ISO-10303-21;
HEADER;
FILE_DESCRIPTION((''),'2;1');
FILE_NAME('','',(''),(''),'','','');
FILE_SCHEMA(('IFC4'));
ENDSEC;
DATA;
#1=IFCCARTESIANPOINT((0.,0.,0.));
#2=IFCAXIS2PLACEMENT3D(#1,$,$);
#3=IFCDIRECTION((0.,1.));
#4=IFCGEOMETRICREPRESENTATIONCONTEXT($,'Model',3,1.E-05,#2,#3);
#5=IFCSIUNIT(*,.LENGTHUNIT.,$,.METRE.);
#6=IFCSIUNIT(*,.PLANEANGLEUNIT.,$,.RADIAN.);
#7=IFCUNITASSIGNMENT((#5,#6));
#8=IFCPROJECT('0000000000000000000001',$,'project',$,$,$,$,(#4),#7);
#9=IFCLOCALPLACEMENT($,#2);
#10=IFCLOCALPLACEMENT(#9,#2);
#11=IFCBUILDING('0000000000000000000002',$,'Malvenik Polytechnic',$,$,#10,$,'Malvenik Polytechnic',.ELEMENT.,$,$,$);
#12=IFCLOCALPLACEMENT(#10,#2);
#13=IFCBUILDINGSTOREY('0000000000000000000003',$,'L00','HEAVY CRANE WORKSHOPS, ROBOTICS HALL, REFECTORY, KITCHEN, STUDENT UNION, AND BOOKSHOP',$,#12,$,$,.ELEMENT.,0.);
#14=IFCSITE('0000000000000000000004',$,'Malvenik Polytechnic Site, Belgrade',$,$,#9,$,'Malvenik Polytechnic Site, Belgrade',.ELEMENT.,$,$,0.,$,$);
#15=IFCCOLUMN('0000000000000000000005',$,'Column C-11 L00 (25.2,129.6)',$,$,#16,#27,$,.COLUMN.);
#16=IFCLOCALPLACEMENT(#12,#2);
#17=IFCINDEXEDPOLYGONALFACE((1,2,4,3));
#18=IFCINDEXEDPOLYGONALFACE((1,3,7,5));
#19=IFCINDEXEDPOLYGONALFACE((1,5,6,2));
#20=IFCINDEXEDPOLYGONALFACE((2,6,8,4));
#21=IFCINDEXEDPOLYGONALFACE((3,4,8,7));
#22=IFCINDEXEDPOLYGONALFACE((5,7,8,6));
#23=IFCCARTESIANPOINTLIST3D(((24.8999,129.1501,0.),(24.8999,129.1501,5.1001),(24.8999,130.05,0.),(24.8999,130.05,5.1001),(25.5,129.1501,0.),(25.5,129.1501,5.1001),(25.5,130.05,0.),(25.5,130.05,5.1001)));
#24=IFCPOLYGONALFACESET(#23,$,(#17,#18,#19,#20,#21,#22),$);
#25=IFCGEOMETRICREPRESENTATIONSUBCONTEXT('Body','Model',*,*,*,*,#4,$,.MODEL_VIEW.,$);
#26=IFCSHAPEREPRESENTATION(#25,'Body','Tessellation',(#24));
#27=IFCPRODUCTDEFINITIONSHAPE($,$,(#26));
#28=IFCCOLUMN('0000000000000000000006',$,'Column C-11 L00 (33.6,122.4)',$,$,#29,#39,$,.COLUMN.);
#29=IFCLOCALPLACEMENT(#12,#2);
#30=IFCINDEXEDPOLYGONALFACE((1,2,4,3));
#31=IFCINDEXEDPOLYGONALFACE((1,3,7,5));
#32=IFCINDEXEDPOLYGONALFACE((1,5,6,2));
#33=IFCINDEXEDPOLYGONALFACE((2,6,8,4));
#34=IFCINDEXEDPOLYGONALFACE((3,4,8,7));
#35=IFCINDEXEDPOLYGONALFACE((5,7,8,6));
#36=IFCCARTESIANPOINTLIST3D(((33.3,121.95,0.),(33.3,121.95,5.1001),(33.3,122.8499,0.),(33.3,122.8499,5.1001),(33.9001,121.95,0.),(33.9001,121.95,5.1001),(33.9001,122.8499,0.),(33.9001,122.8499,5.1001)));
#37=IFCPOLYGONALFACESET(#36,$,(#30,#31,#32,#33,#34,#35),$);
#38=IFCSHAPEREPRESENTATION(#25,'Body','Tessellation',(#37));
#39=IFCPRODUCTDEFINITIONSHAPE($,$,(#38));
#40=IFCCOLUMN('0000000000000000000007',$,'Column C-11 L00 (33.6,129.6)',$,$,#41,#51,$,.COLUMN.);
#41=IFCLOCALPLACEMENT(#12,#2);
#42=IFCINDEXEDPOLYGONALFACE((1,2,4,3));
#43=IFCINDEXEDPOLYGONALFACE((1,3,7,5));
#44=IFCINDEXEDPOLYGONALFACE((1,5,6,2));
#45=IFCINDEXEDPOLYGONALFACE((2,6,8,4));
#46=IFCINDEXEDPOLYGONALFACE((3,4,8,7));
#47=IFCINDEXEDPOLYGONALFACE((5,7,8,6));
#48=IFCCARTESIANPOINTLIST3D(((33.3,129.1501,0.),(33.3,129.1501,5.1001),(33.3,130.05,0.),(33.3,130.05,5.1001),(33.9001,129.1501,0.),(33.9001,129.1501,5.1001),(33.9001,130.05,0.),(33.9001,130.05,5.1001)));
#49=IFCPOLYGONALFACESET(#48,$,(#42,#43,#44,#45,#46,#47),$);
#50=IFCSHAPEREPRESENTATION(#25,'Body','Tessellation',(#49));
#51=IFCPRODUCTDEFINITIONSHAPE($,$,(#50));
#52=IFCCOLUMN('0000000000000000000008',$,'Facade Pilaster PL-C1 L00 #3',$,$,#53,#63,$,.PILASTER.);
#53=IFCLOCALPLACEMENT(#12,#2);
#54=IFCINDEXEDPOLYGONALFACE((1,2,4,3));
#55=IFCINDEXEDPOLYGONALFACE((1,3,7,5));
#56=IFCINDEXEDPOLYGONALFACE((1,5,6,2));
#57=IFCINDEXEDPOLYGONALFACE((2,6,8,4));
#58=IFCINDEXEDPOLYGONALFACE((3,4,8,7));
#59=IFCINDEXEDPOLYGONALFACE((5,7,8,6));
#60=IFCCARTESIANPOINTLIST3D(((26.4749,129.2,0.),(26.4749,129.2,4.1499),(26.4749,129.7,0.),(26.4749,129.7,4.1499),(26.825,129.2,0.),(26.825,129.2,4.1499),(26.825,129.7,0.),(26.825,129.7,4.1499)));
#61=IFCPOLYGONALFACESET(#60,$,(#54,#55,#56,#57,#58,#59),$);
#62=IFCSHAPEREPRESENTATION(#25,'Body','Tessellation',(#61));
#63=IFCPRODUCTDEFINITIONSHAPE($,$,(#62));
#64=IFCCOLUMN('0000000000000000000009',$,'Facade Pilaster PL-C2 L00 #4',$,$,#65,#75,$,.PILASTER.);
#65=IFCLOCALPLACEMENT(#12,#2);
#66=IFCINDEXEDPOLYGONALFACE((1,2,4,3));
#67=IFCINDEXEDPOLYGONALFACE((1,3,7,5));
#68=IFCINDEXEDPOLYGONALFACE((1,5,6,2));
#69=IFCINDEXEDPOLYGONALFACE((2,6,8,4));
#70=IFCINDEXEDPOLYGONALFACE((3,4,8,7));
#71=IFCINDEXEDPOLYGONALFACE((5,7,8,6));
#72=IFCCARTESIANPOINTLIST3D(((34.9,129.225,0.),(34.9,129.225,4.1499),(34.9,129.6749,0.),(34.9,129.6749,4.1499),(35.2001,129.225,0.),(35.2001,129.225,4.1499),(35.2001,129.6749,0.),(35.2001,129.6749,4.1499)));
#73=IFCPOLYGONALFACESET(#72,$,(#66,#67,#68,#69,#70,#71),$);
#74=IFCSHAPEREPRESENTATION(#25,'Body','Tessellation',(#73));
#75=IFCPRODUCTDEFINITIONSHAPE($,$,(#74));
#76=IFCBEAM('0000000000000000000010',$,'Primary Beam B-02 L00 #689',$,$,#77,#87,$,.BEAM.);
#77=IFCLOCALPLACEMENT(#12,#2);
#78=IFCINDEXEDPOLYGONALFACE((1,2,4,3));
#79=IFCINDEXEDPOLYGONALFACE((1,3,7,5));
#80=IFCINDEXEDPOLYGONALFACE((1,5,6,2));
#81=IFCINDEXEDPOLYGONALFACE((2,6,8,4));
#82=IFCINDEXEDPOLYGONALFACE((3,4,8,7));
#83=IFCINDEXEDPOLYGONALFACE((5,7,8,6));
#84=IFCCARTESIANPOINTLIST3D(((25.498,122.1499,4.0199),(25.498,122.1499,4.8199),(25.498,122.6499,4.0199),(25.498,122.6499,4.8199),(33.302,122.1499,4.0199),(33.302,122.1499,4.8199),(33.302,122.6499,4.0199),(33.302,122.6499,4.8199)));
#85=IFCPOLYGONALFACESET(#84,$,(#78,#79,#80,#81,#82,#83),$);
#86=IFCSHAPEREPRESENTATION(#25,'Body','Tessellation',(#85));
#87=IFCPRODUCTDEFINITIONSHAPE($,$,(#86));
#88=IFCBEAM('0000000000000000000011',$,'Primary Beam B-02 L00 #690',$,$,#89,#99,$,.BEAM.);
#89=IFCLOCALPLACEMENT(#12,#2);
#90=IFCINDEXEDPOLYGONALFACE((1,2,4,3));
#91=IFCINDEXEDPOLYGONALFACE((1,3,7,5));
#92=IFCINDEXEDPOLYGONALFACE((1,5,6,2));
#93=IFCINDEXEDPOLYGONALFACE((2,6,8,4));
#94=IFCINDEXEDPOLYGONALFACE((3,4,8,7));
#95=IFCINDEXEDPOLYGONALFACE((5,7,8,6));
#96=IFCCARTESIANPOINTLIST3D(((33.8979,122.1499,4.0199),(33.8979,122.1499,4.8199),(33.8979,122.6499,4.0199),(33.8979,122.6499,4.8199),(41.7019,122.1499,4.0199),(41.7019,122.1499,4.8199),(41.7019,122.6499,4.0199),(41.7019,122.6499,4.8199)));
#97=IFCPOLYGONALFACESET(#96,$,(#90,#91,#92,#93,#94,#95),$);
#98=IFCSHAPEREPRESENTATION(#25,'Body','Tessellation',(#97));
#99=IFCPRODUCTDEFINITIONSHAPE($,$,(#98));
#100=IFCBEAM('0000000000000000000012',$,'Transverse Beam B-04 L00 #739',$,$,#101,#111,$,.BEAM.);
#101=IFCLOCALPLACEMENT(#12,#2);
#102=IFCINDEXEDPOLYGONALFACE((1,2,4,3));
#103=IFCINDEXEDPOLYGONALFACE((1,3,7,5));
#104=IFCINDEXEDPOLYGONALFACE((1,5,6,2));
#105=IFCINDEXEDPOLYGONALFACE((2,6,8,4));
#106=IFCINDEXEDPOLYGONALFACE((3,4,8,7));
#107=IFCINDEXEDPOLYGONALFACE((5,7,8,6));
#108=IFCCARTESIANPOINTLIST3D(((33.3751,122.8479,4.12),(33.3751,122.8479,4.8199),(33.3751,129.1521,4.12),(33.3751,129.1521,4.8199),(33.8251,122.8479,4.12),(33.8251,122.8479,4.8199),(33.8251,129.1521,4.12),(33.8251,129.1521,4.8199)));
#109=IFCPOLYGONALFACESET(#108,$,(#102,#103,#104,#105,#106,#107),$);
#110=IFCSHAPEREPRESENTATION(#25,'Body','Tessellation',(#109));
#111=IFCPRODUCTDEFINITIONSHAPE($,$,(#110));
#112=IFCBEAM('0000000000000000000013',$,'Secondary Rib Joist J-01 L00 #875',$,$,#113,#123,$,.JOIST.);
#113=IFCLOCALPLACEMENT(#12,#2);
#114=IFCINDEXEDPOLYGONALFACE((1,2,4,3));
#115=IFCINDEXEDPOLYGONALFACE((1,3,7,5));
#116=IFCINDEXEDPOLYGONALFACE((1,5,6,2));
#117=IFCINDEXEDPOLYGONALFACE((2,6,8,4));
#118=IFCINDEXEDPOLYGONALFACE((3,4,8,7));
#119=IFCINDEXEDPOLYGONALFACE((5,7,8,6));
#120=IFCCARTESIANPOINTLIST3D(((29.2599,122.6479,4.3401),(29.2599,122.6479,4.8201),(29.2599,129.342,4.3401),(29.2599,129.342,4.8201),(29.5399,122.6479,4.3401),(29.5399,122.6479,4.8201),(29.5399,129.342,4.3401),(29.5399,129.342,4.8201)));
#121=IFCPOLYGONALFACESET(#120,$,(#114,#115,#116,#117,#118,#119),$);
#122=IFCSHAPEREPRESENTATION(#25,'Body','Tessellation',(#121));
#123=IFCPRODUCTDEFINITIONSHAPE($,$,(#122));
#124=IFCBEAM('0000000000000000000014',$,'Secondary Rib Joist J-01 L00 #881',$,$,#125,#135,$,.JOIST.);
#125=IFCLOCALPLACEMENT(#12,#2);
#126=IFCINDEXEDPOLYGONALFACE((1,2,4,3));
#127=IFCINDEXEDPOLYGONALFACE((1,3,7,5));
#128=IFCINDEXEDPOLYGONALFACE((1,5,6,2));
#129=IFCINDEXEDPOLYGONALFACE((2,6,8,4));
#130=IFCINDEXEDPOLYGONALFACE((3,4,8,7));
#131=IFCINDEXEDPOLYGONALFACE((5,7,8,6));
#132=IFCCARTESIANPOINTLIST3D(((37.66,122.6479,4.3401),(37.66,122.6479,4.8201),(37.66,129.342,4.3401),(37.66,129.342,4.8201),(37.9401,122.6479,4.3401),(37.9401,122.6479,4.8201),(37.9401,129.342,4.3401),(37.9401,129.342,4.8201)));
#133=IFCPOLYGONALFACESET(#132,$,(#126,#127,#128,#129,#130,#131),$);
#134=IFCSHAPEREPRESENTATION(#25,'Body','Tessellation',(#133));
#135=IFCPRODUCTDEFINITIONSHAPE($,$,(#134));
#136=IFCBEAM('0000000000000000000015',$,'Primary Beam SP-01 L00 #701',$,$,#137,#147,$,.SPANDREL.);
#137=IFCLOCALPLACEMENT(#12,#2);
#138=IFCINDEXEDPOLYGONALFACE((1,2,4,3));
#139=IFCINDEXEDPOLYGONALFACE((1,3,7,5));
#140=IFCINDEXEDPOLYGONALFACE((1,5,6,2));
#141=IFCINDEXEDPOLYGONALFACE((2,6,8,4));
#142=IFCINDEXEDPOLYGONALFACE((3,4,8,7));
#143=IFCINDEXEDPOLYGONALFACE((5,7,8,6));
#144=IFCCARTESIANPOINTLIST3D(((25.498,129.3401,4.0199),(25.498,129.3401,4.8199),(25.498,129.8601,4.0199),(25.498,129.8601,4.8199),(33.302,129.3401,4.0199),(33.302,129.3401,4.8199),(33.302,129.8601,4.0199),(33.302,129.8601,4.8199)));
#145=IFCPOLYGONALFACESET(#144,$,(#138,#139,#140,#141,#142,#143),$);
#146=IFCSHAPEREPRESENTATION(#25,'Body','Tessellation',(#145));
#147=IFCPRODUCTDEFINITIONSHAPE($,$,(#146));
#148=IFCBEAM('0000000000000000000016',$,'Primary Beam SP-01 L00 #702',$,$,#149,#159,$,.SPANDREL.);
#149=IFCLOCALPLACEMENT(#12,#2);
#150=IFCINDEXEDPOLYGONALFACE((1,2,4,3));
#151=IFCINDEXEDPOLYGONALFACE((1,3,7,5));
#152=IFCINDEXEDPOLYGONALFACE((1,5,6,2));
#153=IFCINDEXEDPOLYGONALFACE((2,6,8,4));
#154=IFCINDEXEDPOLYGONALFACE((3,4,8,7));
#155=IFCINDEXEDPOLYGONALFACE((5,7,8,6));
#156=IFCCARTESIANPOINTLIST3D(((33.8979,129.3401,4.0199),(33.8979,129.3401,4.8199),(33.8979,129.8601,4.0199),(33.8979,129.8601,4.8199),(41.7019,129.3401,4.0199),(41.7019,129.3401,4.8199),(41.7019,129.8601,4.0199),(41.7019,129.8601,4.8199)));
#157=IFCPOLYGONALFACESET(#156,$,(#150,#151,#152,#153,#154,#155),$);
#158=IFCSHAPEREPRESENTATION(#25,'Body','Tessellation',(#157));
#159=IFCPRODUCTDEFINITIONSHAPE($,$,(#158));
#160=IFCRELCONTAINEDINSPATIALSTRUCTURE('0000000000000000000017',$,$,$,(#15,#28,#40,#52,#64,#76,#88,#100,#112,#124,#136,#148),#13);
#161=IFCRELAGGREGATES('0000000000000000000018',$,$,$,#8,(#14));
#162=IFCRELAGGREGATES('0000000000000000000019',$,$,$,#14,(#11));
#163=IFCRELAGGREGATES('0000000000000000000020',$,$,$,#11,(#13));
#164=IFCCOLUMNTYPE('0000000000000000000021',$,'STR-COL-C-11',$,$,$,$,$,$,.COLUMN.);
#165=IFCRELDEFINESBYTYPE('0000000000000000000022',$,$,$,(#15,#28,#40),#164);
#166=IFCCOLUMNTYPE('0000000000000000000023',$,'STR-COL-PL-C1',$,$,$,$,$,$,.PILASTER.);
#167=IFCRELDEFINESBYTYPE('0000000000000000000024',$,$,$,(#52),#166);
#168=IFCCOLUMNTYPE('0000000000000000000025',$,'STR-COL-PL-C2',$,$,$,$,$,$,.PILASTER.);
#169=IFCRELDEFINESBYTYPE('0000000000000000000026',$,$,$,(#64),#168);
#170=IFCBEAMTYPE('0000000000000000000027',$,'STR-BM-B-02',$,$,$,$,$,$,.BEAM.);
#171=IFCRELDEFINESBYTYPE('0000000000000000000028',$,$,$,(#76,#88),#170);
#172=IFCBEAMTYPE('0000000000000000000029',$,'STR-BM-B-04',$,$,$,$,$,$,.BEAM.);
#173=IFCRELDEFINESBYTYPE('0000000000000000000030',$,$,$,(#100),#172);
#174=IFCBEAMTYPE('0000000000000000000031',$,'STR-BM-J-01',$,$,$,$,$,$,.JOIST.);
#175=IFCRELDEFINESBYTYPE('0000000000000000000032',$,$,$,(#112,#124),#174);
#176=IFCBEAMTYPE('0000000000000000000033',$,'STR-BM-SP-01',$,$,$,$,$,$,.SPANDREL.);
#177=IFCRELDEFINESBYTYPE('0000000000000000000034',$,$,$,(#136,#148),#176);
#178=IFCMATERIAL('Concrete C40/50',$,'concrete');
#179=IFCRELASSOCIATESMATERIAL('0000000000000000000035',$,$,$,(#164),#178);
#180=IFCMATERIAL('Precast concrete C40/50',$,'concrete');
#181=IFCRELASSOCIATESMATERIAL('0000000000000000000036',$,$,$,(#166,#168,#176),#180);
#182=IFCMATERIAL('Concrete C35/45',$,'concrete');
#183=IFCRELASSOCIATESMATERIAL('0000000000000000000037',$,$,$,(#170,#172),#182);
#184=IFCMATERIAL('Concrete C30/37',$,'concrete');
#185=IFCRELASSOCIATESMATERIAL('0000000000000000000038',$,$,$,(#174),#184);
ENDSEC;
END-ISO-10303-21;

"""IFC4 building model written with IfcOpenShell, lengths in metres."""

from ifc_helpers import new_model, si_unit, direction, frame, origin, origin_2d, place, context, subcontext, project, spatial, rectangle, extrude, material, material_profile, profile_set, type_object, element, save


model = new_model("IFC4")

# Units and contexts
model_context = context("Model", 3, precision=1e-05, world=origin(), true_north=direction((0.0, 1.0)))
body_context = subcontext(model_context, "Body", "Model", "MODEL_VIEW")
ifc_project = project(units=[si_unit("LENGTHUNIT", "METRE"), si_unit("PLANEANGLEUNIT", "RADIAN")], contexts=[model_context])

# Site, building, storey
site_placement = place(None, origin())
site = spatial("IfcSite", under=ifc_project, at=site_placement, Name="Malvenik Polytechnic Site, Belgrade", LongName="Malvenik Polytechnic Site, Belgrade", CompositionType="ELEMENT", RefElevation=0.0)
building_placement = place(site_placement, origin())
building = spatial("IfcBuilding", under=site, at=building_placement, Name="Malvenik Polytechnic", LongName="Malvenik Polytechnic", CompositionType="ELEMENT")
storey_placement = place(building_placement, origin())
storey = spatial("IfcBuildingStorey", under=building, at=storey_placement, Name="L00", Description="HEAVY CRANE WORKSHOPS, ROBOTICS HALL, REFECTORY, KITCHEN, STUDENT UNION, AND BOOKSHOP", CompositionType="ELEMENT", Elevation=0.0)

# Columns
ifc_material_1 = material(Name="Concrete C40/50", Category="concrete")
ifc_material_profile_1 = material_profile(ifc_material_1, rectangle(XDim=0.6001, YDim=0.8999, at=origin_2d()), Name="RC COL 900x600")
ifc_profile_set_1 = profile_set([ifc_material_profile_1], Name="Concrete C40/50")
column_type_1 = type_object("IfcColumnType", Name="STR-COL-C-11", PredefinedType="COLUMN", material=ifc_profile_set_1)
for number, where, z_axis, x_axis, name in (
    (1, (25.2, 129.6001, 0.0), (0.0, 0.0, 1.0), (1.0, 0.0, 0.0), "Column C-11 L00 (25.2,129.6)"),
    (2, (33.6001, 122.3999, 0.0), (0.0, 0.0, 1.0), (1.0, 0.0, 0.0), "Column C-11 L00 (33.6,122.4)"),
    (3, (33.6001, 129.6001, 0.0), (0.0, 0.0, 1.0), (1.0, 0.0, 0.0), "Column C-11 L00 (33.6,129.6)"),
):
    element("IfcColumn", number, at=place(storey_placement, frame(where, z_axis=z_axis, x_axis=x_axis)), inside=storey, type_object=column_type_1, Name=name, PredefinedType="COLUMN", context=body_context, shape_type="SweptSolid", body=[
        extrude(rectangle(XDim=0.6001, YDim=0.8999, at=origin_2d()), origin(), (0.0, 0.0, 1.0), 5.1001),
    ])
ifc_material_2 = material(Name="Precast concrete C40/50", Category="concrete")
ifc_material_profile_2 = material_profile(ifc_material_2, rectangle(XDim=0.3501, YDim=0.5, at=origin_2d()), Name="RC PIL 500x350")
ifc_profile_set_2 = profile_set([ifc_material_profile_2], Name="Precast concrete C40/50")
column_type_2 = type_object("IfcColumnType", Name="STR-COL-PL-C1", PredefinedType="PILASTER", material=ifc_profile_set_2)
column_1_placement = place(storey_placement, frame((26.6499, 129.45, 0.0), z_axis=(0.0, 0.0, 1.0), x_axis=(1.0, 0.0, 0.0)))
element("IfcColumn", 4, at=column_1_placement, inside=storey, type_object=column_type_2, Name="Facade Pilaster PL-C1 L00 #3", PredefinedType="PILASTER", context=body_context, shape_type="SweptSolid", body=[
    extrude(rectangle(XDim=0.3501, YDim=0.5, at=origin_2d()), origin(), (0.0, 0.0, 1.0), 4.1499),
])
ifc_material_profile_3 = material_profile(ifc_material_2, rectangle(XDim=0.3, YDim=0.45, at=origin_2d()), Name="RC PIL 450x300")
ifc_profile_set_3 = profile_set([ifc_material_profile_3], Name="Precast concrete C40/50")
column_type_3 = type_object("IfcColumnType", Name="STR-COL-PL-C2", PredefinedType="PILASTER", material=ifc_profile_set_3)
column_2_placement = place(storey_placement, frame((35.05, 129.45, 0.0), z_axis=(0.0, 0.0, 1.0), x_axis=(1.0, 0.0, 0.0)))
element("IfcColumn", 5, at=column_2_placement, inside=storey, type_object=column_type_3, Name="Facade Pilaster PL-C2 L00 #4", PredefinedType="PILASTER", context=body_context, shape_type="SweptSolid", body=[
    extrude(rectangle(XDim=0.3, YDim=0.45, at=origin_2d()), origin(), (0.0, 0.0, 1.0), 4.1499),
])

# Beams
ifc_material_3 = material(Name="Concrete C35/45", Category="concrete")
ifc_material_profile_4 = material_profile(ifc_material_3, rectangle(XDim=0.5, YDim=0.8, at=origin_2d()), Name="RC BM 500x800")
ifc_profile_set_4 = profile_set([ifc_material_profile_4], Name="Concrete C35/45")
beam_type_1 = type_object("IfcBeamType", Name="STR-BM-B-02", PredefinedType="BEAM", material=ifc_profile_set_4)
for number, where, z_axis, x_axis, name in (
    (6, (25.498, 122.3999, 4.4199), (1.0, 0.0, 0.0), (0.0, 1.0, 0.0), "Primary Beam B-02 L00 #689"),
    (7, (33.8979, 122.3999, 4.4199), (1.0, 0.0, 0.0), (0.0, 1.0, 0.0), "Primary Beam B-02 L00 #690"),
):
    element("IfcBeam", number, at=place(storey_placement, frame(where, z_axis=z_axis, x_axis=x_axis)), inside=storey, type_object=beam_type_1, Name=name, PredefinedType="BEAM", context=body_context, shape_type="SweptSolid", body=[
        extrude(rectangle(XDim=0.5, YDim=0.8, at=origin_2d()), origin(), (0.0, 0.0, 1.0), 7.804),
    ])
ifc_material_profile_5 = material_profile(ifc_material_3, rectangle(XDim=0.45, YDim=0.7, at=origin_2d()), Name="RC BM 450x700")
ifc_profile_set_5 = profile_set([ifc_material_profile_5], Name="Concrete C35/45")
beam_type_2 = type_object("IfcBeamType", Name="STR-BM-B-04", PredefinedType="BEAM", material=ifc_profile_set_5)
beam_placement = place(storey_placement, frame((33.6001, 122.8479, 4.47), z_axis=(0.0, 1.0, 0.0), x_axis=(-1.0, 0.0, 0.0)))
element("IfcBeam", 8, at=beam_placement, inside=storey, type_object=beam_type_2, Name="Transverse Beam B-04 L00 #739", PredefinedType="BEAM", context=body_context, shape_type="SweptSolid", body=[
    extrude(rectangle(XDim=0.45, YDim=0.7, at=origin_2d()), origin(), (0.0, 0.0, 1.0), 6.3042),
])
ifc_material_4 = material(Name="Concrete C30/37", Category="concrete")
ifc_material_profile_6 = material_profile(ifc_material_4, rectangle(XDim=0.28, YDim=0.48, at=origin_2d()), Name="RC JST 280x480")
ifc_profile_set_6 = profile_set([ifc_material_profile_6], Name="Concrete C30/37")
beam_type_3 = type_object("IfcBeamType", Name="STR-BM-J-01", PredefinedType="JOIST", material=ifc_profile_set_6)
for number, where, z_axis, x_axis, name in (
    (9, (29.3999, 122.6479, 4.5801), (0.0, 1.0, 0.0), (-1.0, 0.0, 0.0), "Secondary Rib Joist J-01 L00 #875"),
    (10, (37.8, 122.6479, 4.5801), (0.0, 1.0, 0.0), (-1.0, 0.0, 0.0), "Secondary Rib Joist J-01 L00 #881"),
):
    element("IfcBeam", number, at=place(storey_placement, frame(where, z_axis=z_axis, x_axis=x_axis)), inside=storey, type_object=beam_type_3, Name=name, PredefinedType="JOIST", context=body_context, shape_type="SweptSolid", body=[
        extrude(rectangle(XDim=0.28, YDim=0.48, at=origin_2d()), origin(), (0.0, 0.0, 1.0), 6.6941),
    ])
ifc_material_profile_7 = material_profile(ifc_material_2, rectangle(XDim=0.52, YDim=0.8, at=origin_2d()), Name="PC SPN 520x800")
ifc_profile_set_7 = profile_set([ifc_material_profile_7], Name="Precast concrete C40/50")
beam_type_4 = type_object("IfcBeamType", Name="STR-BM-SP-01", PredefinedType="SPANDREL", material=ifc_profile_set_7)
for number, where, z_axis, x_axis, name in (
    (11, (25.498, 129.6001, 4.4199), (1.0, 0.0, 0.0), (0.0, 1.0, 0.0), "Primary Beam SP-01 L00 #701"),
    (12, (33.8979, 129.6001, 4.4199), (1.0, 0.0, 0.0), (0.0, 1.0, 0.0), "Primary Beam SP-01 L00 #702"),
):
    element("IfcBeam", number, at=place(storey_placement, frame(where, z_axis=z_axis, x_axis=x_axis)), inside=storey, type_object=beam_type_4, Name=name, PredefinedType="SPANDREL", context=body_context, shape_type="SweptSolid", body=[
        extrude(rectangle(XDim=0.52, YDim=0.8, at=origin_2d()), origin(), (0.0, 0.0, 1.0), 7.804),
    ])

save(model, "model.ifc")
